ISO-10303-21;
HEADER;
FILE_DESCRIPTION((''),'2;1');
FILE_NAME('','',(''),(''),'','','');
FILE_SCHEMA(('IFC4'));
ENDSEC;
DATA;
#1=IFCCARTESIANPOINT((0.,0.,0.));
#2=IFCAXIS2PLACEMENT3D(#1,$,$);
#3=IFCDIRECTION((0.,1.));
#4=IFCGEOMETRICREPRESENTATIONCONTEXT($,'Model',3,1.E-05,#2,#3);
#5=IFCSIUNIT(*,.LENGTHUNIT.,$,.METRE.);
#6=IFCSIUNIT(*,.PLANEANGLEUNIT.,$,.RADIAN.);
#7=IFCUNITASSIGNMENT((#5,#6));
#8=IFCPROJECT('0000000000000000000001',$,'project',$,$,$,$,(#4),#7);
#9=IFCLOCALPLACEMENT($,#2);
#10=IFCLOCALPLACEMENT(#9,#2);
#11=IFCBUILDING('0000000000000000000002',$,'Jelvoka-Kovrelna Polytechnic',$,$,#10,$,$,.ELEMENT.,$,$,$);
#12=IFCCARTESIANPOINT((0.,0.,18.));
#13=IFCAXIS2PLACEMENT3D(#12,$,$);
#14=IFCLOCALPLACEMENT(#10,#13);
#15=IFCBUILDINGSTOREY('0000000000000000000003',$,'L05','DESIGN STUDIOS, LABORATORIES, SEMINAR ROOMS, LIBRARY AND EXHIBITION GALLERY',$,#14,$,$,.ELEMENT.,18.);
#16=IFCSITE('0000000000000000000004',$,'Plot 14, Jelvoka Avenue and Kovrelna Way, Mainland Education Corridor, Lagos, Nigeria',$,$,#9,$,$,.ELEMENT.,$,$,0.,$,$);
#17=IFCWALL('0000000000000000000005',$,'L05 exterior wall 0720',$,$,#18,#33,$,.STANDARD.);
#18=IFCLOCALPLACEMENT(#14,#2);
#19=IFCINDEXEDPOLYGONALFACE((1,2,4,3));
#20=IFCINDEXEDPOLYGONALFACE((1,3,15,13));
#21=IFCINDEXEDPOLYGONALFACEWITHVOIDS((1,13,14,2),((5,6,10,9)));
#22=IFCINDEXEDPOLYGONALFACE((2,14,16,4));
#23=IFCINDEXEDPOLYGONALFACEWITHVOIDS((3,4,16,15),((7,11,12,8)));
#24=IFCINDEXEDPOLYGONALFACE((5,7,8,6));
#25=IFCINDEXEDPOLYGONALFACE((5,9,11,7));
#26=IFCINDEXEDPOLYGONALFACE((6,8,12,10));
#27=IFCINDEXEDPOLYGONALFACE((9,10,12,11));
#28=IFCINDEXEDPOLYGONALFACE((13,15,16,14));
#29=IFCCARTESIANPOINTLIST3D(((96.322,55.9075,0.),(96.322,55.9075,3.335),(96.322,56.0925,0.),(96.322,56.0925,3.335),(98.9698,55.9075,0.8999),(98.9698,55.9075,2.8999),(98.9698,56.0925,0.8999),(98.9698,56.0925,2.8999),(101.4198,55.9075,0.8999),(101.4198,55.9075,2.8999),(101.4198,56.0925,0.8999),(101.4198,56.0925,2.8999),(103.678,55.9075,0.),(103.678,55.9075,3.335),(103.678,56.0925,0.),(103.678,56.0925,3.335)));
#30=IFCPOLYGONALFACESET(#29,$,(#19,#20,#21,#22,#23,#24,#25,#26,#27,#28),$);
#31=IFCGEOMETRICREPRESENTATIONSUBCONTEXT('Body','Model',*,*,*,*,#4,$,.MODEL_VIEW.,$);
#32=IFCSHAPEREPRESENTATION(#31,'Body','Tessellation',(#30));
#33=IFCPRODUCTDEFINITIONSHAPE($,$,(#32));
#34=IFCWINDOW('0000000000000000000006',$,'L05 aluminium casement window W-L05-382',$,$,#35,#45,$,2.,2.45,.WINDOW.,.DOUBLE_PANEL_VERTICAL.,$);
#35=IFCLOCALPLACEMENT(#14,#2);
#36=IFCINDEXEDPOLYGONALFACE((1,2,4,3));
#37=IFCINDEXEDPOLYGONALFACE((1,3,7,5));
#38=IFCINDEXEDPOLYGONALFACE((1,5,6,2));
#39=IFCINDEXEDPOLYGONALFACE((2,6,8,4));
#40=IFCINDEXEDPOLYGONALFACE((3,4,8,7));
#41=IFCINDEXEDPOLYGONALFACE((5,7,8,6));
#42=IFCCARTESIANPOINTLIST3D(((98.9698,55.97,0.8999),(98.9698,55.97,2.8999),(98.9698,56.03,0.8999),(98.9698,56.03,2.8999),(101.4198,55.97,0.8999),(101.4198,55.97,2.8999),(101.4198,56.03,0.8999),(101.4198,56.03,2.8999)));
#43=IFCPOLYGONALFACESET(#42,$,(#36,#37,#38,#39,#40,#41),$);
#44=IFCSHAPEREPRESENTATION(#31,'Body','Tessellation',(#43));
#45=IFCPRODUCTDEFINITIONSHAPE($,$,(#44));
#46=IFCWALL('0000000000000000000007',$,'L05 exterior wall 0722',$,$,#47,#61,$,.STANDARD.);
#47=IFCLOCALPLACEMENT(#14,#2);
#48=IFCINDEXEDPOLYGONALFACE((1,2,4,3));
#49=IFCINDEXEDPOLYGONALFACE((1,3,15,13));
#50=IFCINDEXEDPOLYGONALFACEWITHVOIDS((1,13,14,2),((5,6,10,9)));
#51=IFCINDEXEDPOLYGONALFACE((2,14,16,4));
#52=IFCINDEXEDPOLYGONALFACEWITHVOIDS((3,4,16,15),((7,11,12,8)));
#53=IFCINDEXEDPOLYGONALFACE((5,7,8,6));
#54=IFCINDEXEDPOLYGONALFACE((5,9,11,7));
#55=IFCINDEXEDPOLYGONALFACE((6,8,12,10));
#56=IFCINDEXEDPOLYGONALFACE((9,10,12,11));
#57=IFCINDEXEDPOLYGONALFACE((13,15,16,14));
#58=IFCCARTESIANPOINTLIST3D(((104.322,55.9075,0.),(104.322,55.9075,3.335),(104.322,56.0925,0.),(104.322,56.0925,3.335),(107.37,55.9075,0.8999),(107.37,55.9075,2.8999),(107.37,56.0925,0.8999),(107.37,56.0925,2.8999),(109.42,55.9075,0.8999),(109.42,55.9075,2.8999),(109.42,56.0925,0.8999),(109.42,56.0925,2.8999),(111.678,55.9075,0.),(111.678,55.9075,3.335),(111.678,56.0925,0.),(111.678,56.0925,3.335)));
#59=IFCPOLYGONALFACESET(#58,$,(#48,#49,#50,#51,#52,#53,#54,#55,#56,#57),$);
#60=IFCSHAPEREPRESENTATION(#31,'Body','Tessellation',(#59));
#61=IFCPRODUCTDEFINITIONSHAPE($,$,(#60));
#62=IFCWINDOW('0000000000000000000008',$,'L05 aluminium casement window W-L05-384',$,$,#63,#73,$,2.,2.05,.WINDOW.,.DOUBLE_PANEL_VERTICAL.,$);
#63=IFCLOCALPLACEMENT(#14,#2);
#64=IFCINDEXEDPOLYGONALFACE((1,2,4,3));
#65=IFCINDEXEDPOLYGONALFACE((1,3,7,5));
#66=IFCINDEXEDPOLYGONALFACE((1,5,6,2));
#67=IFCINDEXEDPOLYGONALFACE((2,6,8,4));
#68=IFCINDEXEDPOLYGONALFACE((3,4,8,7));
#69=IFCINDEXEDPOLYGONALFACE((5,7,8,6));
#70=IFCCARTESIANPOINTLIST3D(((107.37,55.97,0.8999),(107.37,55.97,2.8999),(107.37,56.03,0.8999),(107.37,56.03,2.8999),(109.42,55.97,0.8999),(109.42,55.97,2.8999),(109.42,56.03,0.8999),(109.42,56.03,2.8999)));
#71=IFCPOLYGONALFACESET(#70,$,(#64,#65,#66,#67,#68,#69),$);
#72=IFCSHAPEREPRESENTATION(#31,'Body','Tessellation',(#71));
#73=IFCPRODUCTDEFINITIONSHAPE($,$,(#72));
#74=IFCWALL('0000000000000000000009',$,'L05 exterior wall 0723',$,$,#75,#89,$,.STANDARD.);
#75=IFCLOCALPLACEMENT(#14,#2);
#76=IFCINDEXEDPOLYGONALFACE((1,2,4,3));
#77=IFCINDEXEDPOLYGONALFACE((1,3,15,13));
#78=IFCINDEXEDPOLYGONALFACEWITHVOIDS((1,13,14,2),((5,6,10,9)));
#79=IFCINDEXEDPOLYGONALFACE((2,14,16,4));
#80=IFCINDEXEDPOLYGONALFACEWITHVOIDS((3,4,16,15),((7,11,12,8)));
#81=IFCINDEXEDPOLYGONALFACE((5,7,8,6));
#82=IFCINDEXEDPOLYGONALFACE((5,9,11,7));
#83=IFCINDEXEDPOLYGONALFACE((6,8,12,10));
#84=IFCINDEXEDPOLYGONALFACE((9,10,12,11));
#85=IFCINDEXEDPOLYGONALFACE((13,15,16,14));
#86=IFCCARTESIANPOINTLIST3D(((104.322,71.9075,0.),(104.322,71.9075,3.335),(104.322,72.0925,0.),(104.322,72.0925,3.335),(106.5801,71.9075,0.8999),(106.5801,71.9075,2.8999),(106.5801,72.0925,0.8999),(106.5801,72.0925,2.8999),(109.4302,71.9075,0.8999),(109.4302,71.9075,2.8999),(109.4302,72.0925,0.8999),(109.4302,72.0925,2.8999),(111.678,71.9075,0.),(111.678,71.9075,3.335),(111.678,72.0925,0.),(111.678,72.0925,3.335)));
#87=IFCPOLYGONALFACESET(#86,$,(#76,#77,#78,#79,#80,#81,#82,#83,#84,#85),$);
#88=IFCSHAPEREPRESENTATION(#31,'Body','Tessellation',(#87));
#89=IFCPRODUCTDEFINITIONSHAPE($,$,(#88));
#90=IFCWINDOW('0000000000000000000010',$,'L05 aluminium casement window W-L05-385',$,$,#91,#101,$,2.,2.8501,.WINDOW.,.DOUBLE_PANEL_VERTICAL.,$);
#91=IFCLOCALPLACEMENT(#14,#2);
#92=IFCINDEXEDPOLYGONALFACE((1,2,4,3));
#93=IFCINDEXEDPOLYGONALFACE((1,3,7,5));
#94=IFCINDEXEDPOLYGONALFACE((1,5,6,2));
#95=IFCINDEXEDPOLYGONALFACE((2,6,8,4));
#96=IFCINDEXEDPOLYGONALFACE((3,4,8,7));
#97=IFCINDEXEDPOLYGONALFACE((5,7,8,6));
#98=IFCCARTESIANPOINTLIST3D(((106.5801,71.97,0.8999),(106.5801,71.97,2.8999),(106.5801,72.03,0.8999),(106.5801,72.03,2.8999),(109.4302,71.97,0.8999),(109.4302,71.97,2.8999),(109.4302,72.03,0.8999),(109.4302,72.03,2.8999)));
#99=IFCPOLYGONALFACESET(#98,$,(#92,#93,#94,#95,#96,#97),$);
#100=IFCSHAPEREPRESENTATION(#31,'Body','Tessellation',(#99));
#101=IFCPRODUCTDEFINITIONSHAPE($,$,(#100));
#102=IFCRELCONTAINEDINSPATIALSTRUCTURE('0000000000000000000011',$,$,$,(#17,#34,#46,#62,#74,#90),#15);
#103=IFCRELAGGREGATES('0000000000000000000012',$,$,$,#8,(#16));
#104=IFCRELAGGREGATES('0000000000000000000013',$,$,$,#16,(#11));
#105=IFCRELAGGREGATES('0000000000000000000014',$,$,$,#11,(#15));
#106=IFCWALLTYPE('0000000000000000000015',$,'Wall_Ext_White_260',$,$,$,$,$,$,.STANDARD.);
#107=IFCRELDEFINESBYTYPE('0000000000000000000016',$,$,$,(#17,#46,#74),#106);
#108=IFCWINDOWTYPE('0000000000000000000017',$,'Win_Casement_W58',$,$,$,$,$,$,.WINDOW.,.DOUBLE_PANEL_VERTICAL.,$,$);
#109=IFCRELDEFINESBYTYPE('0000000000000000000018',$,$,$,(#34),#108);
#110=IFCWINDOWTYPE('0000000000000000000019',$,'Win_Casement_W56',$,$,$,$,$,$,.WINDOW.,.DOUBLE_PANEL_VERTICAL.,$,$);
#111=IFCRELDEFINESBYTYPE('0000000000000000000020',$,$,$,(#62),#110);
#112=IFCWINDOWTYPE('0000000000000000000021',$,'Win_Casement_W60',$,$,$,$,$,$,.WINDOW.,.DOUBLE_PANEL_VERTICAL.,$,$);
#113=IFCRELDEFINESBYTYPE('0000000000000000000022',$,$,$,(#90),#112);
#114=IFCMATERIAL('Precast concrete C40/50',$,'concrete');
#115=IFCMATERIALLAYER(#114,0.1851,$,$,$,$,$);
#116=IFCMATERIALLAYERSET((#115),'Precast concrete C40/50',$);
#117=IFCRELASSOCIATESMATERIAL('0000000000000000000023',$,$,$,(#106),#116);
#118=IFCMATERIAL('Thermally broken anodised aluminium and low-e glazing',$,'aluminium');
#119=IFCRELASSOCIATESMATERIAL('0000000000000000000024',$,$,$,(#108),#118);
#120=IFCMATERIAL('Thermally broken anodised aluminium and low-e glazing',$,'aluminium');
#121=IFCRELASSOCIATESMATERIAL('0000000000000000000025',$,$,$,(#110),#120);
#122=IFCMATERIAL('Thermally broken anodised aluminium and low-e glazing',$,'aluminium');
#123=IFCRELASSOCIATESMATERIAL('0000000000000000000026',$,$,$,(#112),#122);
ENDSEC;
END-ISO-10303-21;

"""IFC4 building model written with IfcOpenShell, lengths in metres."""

from ifc_helpers import new_model, si_unit, direction, frame, frame_2d, origin, place, context, subcontext, project, spatial, rectangle, extrude, material, layer, layer_set, type_object, element, fill, save


model = new_model("IFC4")

# Units and contexts
model_context = context("Model", 3, precision=1e-05, world=origin(), true_north=direction((0.0, 1.0)))
body_context = subcontext(model_context, "Body", "Model", "MODEL_VIEW")
ifc_project = project(units=[si_unit("LENGTHUNIT", "METRE"), si_unit("PLANEANGLEUNIT", "RADIAN")], contexts=[model_context])

# Site, building, storey
site_placement = place(None, origin())
site = spatial("IfcSite", under=ifc_project, at=site_placement, Name="Plot 14, Jelvoka Avenue and Kovrelna Way, Mainland Education Corridor, Lagos, Nigeria", CompositionType="ELEMENT", RefElevation=0.0)
building_placement = place(site_placement, origin())
building = spatial("IfcBuilding", under=site, at=building_placement, Name="Jelvoka-Kovrelna Polytechnic", CompositionType="ELEMENT")
storey_placement = place(building_placement, frame((0.0, 0.0, 18.0)))
storey = spatial("IfcBuildingStorey", under=building, at=storey_placement, Name="L05", Description="DESIGN STUDIOS, LABORATORIES, SEMINAR ROOMS, LIBRARY AND EXHIBITION GALLERY", CompositionType="ELEMENT", Elevation=18.0)

# Walls, openings, windows
ifc_material_1 = material(Name="Precast concrete C40/50", Category="concrete")
ifc_layer = layer(ifc_material_1, 0.1851)
ifc_layer_set = layer_set([ifc_layer], Name="Precast concrete C40/50")
wall_type = type_object("IfcWallType", Name="Wall_Ext_White_260", PredefinedType="STANDARD", material=ifc_layer_set)
wall_1_placement = place(storey_placement, frame((103.678, 56.0, 0.0), z_axis=(0.0, 0.0, 1.0), x_axis=(-1.0, 0.0, 0.0)))
wall_1 = element("IfcWall", 1, at=wall_1_placement, inside=storey, type_object=wall_type, Name="L05 exterior wall 0720", PredefinedType="STANDARD", context=body_context, shape_type="SweptSolid", body=[
    extrude(rectangle(XDim=7.356, YDim=0.1851, at=frame_2d((3.678, 0.0))), origin(), (0.0, 0.0, 1.0), 3.335),
])
opening_1_placement = place(wall_1_placement, frame((2.2581, 0.0, 0.8999)))
opening_1 = element("IfcOpeningElement", 2, at=opening_1_placement, cuts=wall_1, PredefinedType="OPENING", context=body_context, shape_type="SweptSolid", body=[
    extrude(rectangle(XDim=2.45, YDim=2.0, at=frame_2d((1.2251, 1.0))), frame((0.0, 0.1025, 0.0), z_axis=(0.0, -1.0, 0.0), x_axis=(1.0, 0.0, 0.0)), (0.0, 0.0, 1.0), 0.2051),
])
ifc_material_2 = material(Name="Thermally broken anodised aluminium and low-e glazing", Category="aluminium")
window_type_1 = type_object("IfcWindowType", Name="Win_Casement_W58", PartitioningType="DOUBLE_PANEL_VERTICAL", PredefinedType="WINDOW", material=ifc_material_2)
window_1_placement = place(opening_1_placement, origin())
window_1 = element("IfcWindow", 3, at=window_1_placement, inside=storey, type_object=window_type_1, Name="L05 aluminium casement window W-L05-382", OverallHeight=2.0, OverallWidth=2.45, PartitioningType="DOUBLE_PANEL_VERTICAL", PredefinedType="WINDOW", context=body_context, shape_type="SweptSolid", body=[
    extrude(rectangle(XDim=2.45, YDim=2.0, at=frame_2d((1.2251, 1.0))), frame((0.0, 0.03, 0.0), z_axis=(0.0, -1.0, 0.0), x_axis=(1.0, 0.0, 0.0)), (0.0, 0.0, 1.0), 0.0601),
])
fill(opening_1, window_1)
wall_2_placement = place(storey_placement, frame((111.678, 56.0, 0.0), z_axis=(0.0, 0.0, 1.0), x_axis=(-1.0, 0.0, 0.0)))
wall_2 = element("IfcWall", 4, at=wall_2_placement, inside=storey, type_object=wall_type, Name="L05 exterior wall 0722", PredefinedType="STANDARD", context=body_context, shape_type="SweptSolid", body=[
    extrude(rectangle(XDim=7.356, YDim=0.1851, at=frame_2d((3.678, 0.0))), origin(), (0.0, 0.0, 1.0), 3.335),
])
opening_2_placement = place(wall_2_placement, frame((2.2581, 0.0, 0.8999)))
opening_2 = element("IfcOpeningElement", 5, at=opening_2_placement, cuts=wall_2, PredefinedType="OPENING", context=body_context, shape_type="SweptSolid", body=[
    extrude(rectangle(XDim=2.05, YDim=2.0, at=frame_2d((1.0249, 1.0))), frame((0.0, 0.1025, 0.0), z_axis=(0.0, -1.0, 0.0), x_axis=(1.0, 0.0, 0.0)), (0.0, 0.0, 1.0), 0.2051),
])
ifc_material_3 = material(Name="Thermally broken anodised aluminium and low-e glazing", Category="aluminium")
window_type_2 = type_object("IfcWindowType", Name="Win_Casement_W56", PartitioningType="DOUBLE_PANEL_VERTICAL", PredefinedType="WINDOW", material=ifc_material_3)
window_2_placement = place(opening_2_placement, origin())
window_2 = element("IfcWindow", 6, at=window_2_placement, inside=storey, type_object=window_type_2, Name="L05 aluminium casement window W-L05-384", OverallHeight=2.0, OverallWidth=2.05, PartitioningType="DOUBLE_PANEL_VERTICAL", PredefinedType="WINDOW", context=body_context, shape_type="SweptSolid", body=[
    extrude(rectangle(XDim=2.05, YDim=2.0, at=frame_2d((1.0249, 1.0))), frame((0.0, 0.03, 0.0), z_axis=(0.0, -1.0, 0.0), x_axis=(1.0, 0.0, 0.0)), (0.0, 0.0, 1.0), 0.0601),
])
fill(opening_2, window_2)
wall_3_placement = place(storey_placement, frame((104.322, 72.0, 0.0), z_axis=(0.0, 0.0, 1.0), x_axis=(1.0, 0.0, 0.0)))
wall_3 = element("IfcWall", 7, at=wall_3_placement, inside=storey, type_object=wall_type, Name="L05 exterior wall 0723", PredefinedType="STANDARD", context=body_context, shape_type="SweptSolid", body=[
    extrude(rectangle(XDim=7.356, YDim=0.1851, at=frame_2d((3.678, 0.0))), origin(), (0.0, 0.0, 1.0), 3.335),
])
opening_3_placement = place(wall_3_placement, frame((2.2581, 0.0, 0.8999)))
opening_3 = element("IfcOpeningElement", 8, at=opening_3_placement, cuts=wall_3, PredefinedType="OPENING", context=body_context, shape_type="SweptSolid", body=[
    extrude(rectangle(XDim=2.8501, YDim=2.0, at=frame_2d((1.425, 1.0))), frame((0.0, 0.1025, 0.0), z_axis=(0.0, -1.0, 0.0), x_axis=(1.0, 0.0, 0.0)), (0.0, 0.0, 1.0), 0.2051),
])
ifc_material_4 = material(Name="Thermally broken anodised aluminium and low-e glazing", Category="aluminium")
window_type_3 = type_object("IfcWindowType", Name="Win_Casement_W60", PartitioningType="DOUBLE_PANEL_VERTICAL", PredefinedType="WINDOW", material=ifc_material_4)
window_3_placement = place(opening_3_placement, origin())
window_3 = element("IfcWindow", 9, at=window_3_placement, inside=storey, type_object=window_type_3, Name="L05 aluminium casement window W-L05-385", OverallHeight=2.0, OverallWidth=2.8501, PartitioningType="DOUBLE_PANEL_VERTICAL", PredefinedType="WINDOW", context=body_context, shape_type="SweptSolid", body=[
    extrude(rectangle(XDim=2.8501, YDim=2.0, at=frame_2d((1.425, 1.0))), frame((0.0, 0.03, 0.0), z_axis=(0.0, -1.0, 0.0), x_axis=(1.0, 0.0, 0.0)), (0.0, 0.0, 1.0), 0.0601),
])
fill(opening_3, window_3)

save(model, "model.ifc")
